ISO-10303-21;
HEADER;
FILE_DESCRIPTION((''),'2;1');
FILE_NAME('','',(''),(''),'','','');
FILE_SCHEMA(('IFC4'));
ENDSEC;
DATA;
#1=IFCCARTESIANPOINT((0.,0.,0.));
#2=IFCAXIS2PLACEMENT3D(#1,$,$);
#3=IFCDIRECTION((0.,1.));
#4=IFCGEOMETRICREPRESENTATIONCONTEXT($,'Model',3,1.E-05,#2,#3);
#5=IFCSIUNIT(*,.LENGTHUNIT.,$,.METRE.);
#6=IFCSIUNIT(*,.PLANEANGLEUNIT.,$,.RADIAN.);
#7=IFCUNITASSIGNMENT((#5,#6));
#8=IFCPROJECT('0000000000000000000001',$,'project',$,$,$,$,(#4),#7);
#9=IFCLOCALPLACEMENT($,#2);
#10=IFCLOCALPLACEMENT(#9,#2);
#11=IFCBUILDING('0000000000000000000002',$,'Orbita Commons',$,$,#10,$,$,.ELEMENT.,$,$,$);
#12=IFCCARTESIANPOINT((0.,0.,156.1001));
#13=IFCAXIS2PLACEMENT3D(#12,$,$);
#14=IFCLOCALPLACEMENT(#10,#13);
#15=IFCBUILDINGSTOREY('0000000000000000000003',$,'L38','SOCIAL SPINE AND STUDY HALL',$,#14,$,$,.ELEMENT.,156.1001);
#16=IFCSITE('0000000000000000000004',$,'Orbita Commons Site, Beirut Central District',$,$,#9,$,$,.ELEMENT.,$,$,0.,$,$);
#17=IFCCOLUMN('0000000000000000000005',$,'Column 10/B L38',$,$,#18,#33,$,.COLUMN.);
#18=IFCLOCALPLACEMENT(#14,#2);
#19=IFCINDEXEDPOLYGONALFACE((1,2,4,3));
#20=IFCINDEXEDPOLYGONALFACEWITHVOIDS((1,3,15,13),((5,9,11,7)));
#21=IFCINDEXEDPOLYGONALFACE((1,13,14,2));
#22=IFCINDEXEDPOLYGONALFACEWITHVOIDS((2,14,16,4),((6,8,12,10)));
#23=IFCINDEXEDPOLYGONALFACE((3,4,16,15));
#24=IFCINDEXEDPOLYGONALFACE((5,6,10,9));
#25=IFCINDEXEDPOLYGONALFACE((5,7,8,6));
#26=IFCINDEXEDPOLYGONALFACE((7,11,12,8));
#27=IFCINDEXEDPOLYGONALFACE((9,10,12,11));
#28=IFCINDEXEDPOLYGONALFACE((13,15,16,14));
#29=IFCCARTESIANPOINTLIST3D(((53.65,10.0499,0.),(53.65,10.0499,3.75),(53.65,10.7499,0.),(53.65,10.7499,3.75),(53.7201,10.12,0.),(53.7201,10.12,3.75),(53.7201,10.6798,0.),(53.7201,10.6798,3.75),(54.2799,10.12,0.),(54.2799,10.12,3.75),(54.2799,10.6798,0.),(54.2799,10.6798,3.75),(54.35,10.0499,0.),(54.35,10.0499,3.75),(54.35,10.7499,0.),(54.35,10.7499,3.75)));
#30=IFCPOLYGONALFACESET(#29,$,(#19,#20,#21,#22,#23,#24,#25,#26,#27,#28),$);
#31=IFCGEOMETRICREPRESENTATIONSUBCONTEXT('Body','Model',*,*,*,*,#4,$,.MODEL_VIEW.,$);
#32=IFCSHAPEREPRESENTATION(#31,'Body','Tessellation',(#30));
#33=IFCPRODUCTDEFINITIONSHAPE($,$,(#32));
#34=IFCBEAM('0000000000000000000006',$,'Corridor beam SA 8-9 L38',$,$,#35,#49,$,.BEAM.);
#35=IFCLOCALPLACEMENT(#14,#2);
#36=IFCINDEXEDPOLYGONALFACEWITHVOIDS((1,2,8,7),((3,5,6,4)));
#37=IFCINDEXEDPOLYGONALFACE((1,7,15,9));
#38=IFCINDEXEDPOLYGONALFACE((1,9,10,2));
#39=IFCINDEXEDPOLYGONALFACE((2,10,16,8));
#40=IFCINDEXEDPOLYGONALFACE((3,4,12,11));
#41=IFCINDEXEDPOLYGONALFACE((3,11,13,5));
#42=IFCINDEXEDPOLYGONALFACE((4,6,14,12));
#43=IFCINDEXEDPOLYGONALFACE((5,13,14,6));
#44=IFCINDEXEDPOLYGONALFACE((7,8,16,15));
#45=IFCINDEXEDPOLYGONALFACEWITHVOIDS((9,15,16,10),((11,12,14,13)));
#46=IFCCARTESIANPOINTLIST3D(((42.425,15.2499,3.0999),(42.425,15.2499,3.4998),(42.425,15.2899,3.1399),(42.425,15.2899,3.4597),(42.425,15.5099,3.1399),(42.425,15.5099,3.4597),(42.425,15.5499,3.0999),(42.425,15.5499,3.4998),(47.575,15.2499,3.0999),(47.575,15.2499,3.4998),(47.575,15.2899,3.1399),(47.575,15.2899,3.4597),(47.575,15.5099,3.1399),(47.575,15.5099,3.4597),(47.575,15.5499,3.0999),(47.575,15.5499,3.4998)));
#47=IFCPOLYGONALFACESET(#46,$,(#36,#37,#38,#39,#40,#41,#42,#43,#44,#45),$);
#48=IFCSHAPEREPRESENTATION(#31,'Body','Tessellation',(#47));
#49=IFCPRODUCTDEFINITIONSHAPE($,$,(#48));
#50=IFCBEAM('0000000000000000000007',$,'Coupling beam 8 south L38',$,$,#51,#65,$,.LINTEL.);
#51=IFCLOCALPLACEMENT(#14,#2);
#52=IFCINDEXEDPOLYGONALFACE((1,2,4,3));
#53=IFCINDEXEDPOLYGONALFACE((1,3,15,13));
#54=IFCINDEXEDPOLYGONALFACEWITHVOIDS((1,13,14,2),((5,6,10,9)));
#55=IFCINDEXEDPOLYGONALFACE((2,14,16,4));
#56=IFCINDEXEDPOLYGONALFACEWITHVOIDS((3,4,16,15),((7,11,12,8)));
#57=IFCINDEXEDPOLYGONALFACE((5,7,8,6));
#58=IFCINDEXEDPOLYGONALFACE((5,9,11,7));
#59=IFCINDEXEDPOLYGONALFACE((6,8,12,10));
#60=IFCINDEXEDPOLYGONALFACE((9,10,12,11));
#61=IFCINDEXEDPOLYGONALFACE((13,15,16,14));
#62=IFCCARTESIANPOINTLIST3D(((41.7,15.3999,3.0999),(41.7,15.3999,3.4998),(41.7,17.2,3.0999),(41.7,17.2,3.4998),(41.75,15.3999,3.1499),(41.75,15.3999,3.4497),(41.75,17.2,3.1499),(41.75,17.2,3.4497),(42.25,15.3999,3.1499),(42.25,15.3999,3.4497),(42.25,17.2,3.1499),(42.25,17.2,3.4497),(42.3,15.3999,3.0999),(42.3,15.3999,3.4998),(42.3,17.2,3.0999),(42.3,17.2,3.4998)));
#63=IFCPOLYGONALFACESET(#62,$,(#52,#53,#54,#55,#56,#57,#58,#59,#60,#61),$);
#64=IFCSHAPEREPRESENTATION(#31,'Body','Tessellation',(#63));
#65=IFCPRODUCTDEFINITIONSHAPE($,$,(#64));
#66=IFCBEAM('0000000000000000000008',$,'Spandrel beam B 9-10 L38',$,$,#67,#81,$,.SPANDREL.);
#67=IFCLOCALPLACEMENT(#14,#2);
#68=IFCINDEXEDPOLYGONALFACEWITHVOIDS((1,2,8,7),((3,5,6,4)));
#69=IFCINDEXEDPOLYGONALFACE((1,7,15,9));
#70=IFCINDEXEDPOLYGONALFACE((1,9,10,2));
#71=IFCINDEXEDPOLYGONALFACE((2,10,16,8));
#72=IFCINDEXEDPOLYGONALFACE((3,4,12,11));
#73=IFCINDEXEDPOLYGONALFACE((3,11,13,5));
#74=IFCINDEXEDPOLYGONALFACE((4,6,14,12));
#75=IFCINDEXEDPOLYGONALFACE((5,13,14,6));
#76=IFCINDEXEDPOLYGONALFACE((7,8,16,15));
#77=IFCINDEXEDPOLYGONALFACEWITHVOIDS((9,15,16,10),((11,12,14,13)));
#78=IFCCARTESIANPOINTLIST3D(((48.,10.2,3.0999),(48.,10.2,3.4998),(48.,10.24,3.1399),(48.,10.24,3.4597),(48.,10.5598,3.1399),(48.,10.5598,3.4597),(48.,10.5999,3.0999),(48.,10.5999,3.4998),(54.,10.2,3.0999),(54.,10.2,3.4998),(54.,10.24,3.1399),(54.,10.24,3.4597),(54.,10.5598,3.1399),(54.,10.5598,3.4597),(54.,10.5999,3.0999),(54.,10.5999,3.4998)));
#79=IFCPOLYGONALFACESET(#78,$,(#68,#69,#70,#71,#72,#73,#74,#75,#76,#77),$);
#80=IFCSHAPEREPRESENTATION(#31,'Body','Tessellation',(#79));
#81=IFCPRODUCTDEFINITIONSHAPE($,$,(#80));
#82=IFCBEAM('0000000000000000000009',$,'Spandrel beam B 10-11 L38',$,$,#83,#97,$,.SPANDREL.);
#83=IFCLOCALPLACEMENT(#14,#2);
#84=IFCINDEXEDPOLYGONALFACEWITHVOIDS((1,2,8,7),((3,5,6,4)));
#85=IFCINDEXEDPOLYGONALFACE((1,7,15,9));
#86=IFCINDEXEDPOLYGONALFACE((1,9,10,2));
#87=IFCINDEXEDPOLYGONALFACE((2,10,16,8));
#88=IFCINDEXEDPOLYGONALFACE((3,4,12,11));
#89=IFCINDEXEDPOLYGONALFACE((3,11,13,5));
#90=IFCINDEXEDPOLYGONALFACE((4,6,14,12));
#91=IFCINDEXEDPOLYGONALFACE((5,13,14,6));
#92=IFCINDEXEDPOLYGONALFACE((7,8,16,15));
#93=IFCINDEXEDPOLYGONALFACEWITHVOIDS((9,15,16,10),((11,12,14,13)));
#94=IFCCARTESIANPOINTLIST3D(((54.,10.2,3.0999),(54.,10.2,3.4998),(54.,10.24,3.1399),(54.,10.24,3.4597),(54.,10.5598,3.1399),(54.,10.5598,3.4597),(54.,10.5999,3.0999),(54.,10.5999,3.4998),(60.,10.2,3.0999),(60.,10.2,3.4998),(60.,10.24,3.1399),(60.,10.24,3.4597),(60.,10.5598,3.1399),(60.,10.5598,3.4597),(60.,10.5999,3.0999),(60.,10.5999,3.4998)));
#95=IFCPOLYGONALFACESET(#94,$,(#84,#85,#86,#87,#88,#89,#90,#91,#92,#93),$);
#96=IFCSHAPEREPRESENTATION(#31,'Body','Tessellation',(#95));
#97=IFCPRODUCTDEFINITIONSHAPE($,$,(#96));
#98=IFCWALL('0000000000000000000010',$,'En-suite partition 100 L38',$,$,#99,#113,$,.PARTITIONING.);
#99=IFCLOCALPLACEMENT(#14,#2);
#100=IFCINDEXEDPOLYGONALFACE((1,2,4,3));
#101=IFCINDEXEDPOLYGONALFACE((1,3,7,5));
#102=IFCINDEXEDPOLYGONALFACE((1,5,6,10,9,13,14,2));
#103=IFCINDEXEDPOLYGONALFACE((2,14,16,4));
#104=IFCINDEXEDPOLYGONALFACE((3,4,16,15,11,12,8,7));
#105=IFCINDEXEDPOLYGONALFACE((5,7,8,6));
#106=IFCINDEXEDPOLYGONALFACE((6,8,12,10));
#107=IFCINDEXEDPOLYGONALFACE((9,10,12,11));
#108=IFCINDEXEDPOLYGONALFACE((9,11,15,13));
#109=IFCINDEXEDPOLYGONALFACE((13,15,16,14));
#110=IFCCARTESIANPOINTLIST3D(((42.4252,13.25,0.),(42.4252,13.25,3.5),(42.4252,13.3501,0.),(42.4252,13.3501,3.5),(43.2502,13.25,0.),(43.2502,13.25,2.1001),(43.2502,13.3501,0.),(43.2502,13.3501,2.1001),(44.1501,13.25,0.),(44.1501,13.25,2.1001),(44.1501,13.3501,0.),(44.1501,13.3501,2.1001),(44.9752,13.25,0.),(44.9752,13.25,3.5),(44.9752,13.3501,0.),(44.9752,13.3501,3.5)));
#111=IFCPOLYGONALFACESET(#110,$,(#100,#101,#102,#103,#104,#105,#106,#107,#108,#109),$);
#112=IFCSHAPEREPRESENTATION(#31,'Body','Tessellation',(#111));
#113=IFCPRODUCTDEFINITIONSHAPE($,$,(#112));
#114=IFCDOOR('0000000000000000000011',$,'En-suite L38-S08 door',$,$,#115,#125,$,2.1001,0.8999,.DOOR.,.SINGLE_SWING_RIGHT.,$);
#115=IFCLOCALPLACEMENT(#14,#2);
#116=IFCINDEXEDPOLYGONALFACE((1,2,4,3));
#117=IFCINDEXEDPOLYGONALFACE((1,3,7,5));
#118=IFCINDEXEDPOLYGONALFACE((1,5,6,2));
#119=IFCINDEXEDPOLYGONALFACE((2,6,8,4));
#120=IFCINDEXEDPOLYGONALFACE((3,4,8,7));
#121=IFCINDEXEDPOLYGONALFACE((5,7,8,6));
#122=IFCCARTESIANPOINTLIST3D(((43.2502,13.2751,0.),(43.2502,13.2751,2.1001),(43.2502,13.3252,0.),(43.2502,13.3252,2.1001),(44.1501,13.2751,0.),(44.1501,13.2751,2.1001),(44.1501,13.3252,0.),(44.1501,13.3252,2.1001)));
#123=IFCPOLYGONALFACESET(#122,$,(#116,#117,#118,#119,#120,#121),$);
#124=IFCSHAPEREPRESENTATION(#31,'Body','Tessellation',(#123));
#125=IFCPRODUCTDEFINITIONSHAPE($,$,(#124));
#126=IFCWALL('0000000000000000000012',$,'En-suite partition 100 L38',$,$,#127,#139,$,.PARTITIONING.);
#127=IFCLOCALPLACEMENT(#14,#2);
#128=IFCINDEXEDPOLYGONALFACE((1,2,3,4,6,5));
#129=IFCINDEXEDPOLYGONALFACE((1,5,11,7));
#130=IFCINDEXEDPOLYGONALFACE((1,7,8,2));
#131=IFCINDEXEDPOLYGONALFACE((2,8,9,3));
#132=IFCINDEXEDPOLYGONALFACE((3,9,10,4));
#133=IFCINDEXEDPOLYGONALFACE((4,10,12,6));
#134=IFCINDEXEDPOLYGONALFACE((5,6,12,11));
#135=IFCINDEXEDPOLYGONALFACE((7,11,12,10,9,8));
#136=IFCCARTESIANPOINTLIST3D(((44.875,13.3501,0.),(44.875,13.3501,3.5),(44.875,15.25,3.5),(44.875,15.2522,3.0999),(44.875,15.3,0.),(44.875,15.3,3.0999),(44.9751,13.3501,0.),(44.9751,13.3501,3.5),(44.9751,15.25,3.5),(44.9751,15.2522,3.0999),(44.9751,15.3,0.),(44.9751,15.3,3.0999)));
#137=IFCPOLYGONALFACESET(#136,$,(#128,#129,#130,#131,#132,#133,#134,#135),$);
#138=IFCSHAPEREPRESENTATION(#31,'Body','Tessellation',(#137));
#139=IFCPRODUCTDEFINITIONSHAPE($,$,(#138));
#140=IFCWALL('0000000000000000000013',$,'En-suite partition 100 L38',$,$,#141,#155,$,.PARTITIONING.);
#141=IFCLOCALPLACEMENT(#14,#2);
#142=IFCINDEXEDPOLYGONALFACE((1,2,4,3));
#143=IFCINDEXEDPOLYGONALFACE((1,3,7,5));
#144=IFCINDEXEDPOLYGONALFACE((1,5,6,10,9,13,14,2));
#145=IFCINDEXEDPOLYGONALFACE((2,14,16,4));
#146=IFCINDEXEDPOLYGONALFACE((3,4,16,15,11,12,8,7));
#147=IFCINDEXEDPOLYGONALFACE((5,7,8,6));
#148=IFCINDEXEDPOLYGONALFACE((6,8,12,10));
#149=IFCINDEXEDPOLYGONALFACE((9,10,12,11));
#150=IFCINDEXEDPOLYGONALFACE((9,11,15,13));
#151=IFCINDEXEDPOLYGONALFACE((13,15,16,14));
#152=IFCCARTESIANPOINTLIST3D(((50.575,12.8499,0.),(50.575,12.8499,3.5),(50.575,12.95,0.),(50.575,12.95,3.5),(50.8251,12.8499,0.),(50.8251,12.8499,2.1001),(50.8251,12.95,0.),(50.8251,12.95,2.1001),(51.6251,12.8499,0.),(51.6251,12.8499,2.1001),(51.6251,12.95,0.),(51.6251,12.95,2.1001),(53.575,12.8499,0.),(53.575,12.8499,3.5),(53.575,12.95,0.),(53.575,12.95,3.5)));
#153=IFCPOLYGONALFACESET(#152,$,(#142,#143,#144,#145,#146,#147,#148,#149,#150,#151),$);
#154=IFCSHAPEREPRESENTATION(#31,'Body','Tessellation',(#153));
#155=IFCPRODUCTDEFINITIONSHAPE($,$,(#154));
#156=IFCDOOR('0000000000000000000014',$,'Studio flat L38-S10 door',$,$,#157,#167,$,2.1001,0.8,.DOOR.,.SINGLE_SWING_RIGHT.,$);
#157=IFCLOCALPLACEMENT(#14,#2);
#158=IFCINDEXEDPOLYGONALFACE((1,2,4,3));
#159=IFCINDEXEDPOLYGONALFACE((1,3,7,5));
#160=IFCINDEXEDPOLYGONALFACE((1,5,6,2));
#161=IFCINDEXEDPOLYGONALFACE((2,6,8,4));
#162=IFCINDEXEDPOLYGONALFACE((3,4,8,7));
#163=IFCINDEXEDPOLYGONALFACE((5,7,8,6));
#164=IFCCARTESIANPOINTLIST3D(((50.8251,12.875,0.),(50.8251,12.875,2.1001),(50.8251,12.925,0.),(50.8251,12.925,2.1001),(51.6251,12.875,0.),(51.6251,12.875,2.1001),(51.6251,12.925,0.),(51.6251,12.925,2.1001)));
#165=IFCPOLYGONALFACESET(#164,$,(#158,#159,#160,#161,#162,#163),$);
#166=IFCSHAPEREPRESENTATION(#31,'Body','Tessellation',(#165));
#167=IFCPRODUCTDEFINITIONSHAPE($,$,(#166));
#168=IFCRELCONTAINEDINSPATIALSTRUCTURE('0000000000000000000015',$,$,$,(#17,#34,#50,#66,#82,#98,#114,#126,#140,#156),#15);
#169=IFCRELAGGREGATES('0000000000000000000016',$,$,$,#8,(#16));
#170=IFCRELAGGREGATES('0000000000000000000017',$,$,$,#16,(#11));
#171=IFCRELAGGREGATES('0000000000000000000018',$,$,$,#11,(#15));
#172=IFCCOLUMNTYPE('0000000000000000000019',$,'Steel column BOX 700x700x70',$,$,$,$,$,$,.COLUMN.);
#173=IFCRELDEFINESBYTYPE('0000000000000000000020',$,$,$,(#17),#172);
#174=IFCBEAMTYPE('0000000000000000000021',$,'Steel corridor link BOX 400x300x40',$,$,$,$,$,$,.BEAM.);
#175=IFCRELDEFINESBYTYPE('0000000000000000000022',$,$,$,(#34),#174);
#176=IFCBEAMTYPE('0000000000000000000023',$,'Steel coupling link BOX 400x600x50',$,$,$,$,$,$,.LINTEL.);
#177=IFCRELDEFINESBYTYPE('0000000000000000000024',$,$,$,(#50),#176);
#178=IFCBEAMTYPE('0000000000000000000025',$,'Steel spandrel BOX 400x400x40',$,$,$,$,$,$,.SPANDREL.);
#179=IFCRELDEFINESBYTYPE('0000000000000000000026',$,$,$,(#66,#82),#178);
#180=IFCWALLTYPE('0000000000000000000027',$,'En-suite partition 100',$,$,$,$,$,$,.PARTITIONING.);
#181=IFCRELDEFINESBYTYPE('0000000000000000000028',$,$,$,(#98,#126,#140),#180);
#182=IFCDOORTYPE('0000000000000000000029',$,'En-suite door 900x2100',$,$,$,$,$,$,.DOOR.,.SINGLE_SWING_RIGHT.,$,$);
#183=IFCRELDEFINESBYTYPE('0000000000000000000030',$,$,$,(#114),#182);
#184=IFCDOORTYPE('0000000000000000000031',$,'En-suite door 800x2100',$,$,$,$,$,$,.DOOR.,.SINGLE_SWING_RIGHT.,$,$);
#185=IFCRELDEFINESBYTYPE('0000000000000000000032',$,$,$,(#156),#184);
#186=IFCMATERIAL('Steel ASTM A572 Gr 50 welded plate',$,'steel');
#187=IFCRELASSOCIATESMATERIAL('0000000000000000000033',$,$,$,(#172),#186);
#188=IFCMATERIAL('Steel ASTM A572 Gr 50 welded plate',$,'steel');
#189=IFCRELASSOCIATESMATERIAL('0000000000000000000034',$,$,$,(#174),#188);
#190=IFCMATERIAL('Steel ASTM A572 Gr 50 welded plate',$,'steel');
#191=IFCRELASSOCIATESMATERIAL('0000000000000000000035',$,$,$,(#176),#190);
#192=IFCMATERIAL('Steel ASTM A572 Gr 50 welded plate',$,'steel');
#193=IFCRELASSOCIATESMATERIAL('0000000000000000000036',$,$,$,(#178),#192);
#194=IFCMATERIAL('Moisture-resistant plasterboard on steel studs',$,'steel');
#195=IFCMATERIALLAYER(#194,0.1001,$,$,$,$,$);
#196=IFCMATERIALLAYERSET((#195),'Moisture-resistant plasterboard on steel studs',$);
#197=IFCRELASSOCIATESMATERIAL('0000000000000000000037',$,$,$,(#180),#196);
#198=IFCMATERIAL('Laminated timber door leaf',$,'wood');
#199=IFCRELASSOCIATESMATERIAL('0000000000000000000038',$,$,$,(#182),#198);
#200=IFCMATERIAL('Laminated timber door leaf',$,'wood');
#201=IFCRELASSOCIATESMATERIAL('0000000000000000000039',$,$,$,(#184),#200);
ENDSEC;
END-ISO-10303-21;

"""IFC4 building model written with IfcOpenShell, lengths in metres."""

from ifc_helpers import new_model, si_unit, direction, frame, frame_2d, origin, origin_2d, place, context, subcontext, project, spatial, polyline, rectangle, hollow_rectangle, outline, extrude, material, layer, layer_set, material_profile, profile_set, type_object, element, fill, save


model = new_model("IFC4")

# Units and contexts
model_context = context("Model", 3, precision=1e-05, world=origin(), true_north=direction((0.0, 1.0)))
body_context = subcontext(model_context, "Body", "Model", "MODEL_VIEW")
ifc_project = project(units=[si_unit("LENGTHUNIT", "METRE"), si_unit("PLANEANGLEUNIT", "RADIAN")], contexts=[model_context])

# Site, building, storey
site_placement = place(None, origin())
site = spatial("IfcSite", under=ifc_project, at=site_placement, Name="Orbita Commons Site, Beirut Central District", CompositionType="ELEMENT", RefElevation=0.0)
building_placement = place(site_placement, origin())
building = spatial("IfcBuilding", under=site, at=building_placement, Name="Orbita Commons", CompositionType="ELEMENT")
storey_placement = place(building_placement, frame((0.0, 0.0, 156.1001)))
storey = spatial("IfcBuildingStorey", under=building, at=storey_placement, Name="L38", Description="SOCIAL SPINE AND STUDY HALL", CompositionType="ELEMENT", Elevation=156.1001)

# Column
ifc_material_1 = material(Name="Steel ASTM A572 Gr 50 welded plate", Category="steel")
ifc_material_profile_1 = material_profile(ifc_material_1, hollow_rectangle(XDim=0.7, YDim=0.7, WallThickness=0.0701, at=origin_2d()), Name="BOX 700x700x70")
ifc_profile_set_1 = profile_set([ifc_material_profile_1], Name="Steel ASTM A572 Gr 50 welded plate")
column_type = type_object("IfcColumnType", Name="Steel column BOX 700x700x70", PredefinedType="COLUMN", material=ifc_profile_set_1)
column_placement = place(storey_placement, frame((54.0, 10.3999, 0.0), z_axis=(0.0, 0.0, 1.0), x_axis=(1.0, 0.0, 0.0)))
element("IfcColumn", 1, at=column_placement, inside=storey, type_object=column_type, Name="Column 10/B L38", PredefinedType="COLUMN", context=body_context, shape_type="SweptSolid", body=[
    extrude(hollow_rectangle(XDim=0.7, YDim=0.7, WallThickness=0.0701, at=origin_2d()), origin(), (0.0, 0.0, 1.0), 3.75),
])

# Beams
ifc_material_2 = material(Name="Steel ASTM A572 Gr 50 welded plate", Category="steel")
ifc_material_profile_2 = material_profile(ifc_material_2, hollow_rectangle(XDim=0.3, YDim=0.3999, WallThickness=0.04, at=origin_2d()), Name="BOX 400x300x40")
ifc_profile_set_2 = profile_set([ifc_material_profile_2], Name="Steel ASTM A572 Gr 50 welded plate")
beam_type_1 = type_object("IfcBeamType", Name="Steel corridor link BOX 400x300x40", PredefinedType="BEAM", material=ifc_profile_set_2)
beam_1_placement = place(storey_placement, frame((42.425, 15.3999, 3.2998), z_axis=(1.0, 0.0, 0.0), x_axis=(0.0, 1.0, 0.0)))
element("IfcBeam", 2, at=beam_1_placement, inside=storey, type_object=beam_type_1, Name="Corridor beam SA 8-9 L38", PredefinedType="BEAM", context=body_context, shape_type="SweptSolid", body=[
    extrude(hollow_rectangle(XDim=0.3, YDim=0.3999, WallThickness=0.04, at=origin_2d()), origin(), (0.0, 0.0, 1.0), 5.1499),
])
ifc_material_3 = material(Name="Steel ASTM A572 Gr 50 welded plate", Category="steel")
ifc_material_profile_3 = material_profile(ifc_material_3, hollow_rectangle(XDim=0.6001, YDim=0.3999, WallThickness=0.05, at=origin_2d()), Name="BOX 400x600x50")
ifc_profile_set_3 = profile_set([ifc_material_profile_3], Name="Steel ASTM A572 Gr 50 welded plate")
beam_type_2 = type_object("IfcBeamType", Name="Steel coupling link BOX 400x600x50", PredefinedType="LINTEL", material=ifc_profile_set_3)
beam_2_placement = place(storey_placement, frame((42.0, 15.3999, 3.2998), z_axis=(0.0, 1.0, 0.0), x_axis=(-1.0, 0.0, 0.0)))
element("IfcBeam", 3, at=beam_2_placement, inside=storey, type_object=beam_type_2, Name="Coupling beam 8 south L38", PredefinedType="LINTEL", context=body_context, shape_type="SweptSolid", body=[
    extrude(hollow_rectangle(XDim=0.6001, YDim=0.3999, WallThickness=0.05, at=origin_2d()), origin(), (0.0, 0.0, 1.0), 1.8),
])
ifc_material_4 = material(Name="Steel ASTM A572 Gr 50 welded plate", Category="steel")
ifc_material_profile_4 = material_profile(ifc_material_4, hollow_rectangle(XDim=0.3999, YDim=0.3999, WallThickness=0.04, at=origin_2d()), Name="BOX 400x400x40")
ifc_profile_set_4 = profile_set([ifc_material_profile_4], Name="Steel ASTM A572 Gr 50 welded plate")
beam_type_3 = type_object("IfcBeamType", Name="Steel spandrel BOX 400x400x40", PredefinedType="SPANDREL", material=ifc_profile_set_4)
for number, where, z_axis, x_axis, name in (
    (4, (48.0, 10.3999, 3.2998), (1.0, 0.0, 0.0), (0.0, 1.0, 0.0), "Spandrel beam B 9-10 L38"),
    (5, (54.0, 10.3999, 3.2998), (1.0, 0.0, 0.0), (0.0, 1.0, 0.0), "Spandrel beam B 10-11 L38"),
):
    element("IfcBeam", number, at=place(storey_placement, frame(where, z_axis=z_axis, x_axis=x_axis)), inside=storey, type_object=beam_type_3, Name=name, PredefinedType="SPANDREL", context=body_context, shape_type="SweptSolid", body=[
        extrude(hollow_rectangle(XDim=0.3999, YDim=0.3999, WallThickness=0.04, at=origin_2d()), origin(), (0.0, 0.0, 1.0), 6.0),
    ])

# Wall, opening, door
ifc_material_5 = material(Name="Moisture-resistant plasterboard on steel studs", Category="steel")
ifc_layer = layer(ifc_material_5, 0.1001)
ifc_layer_set = layer_set([ifc_layer], Name="Moisture-resistant plasterboard on steel studs")
wall_type = type_object("IfcWallType", Name="En-suite partition 100", PredefinedType="PARTITIONING", material=ifc_layer_set)
wall_1_placement = place(storey_placement, frame((44.9751, 13.3, 0.0), z_axis=(0.0, 0.0, 1.0), x_axis=(-1.0, 0.0, 0.0)))
wall_1 = element("IfcWall", 6, at=wall_1_placement, inside=storey, type_object=wall_type, Name="En-suite partition 100 L38", PredefinedType="PARTITIONING", context=body_context, shape_type="SweptSolid", body=[
    extrude(rectangle(XDim=2.55, YDim=0.1001, at=frame_2d((1.2749, 0.0))), origin(), (0.0, 0.0, 1.0), 3.5),
])
opening_1_placement = place(wall_1_placement, frame((0.825, 0.0, 0.0)))
opening_1 = element("IfcOpeningElement", 7, at=opening_1_placement, cuts=wall_1, PredefinedType="OPENING", context=body_context, shape_type="SweptSolid", body=[
    extrude(rectangle(XDim=0.8999, YDim=2.1001, at=frame_2d((0.45, 1.05))), frame((0.0, 0.0601, 0.0), z_axis=(0.0, -1.0, 0.0), x_axis=(1.0, 0.0, 0.0)), (0.0, 0.0, 1.0), 0.1201),
])
ifc_material_6 = material(Name="Laminated timber door leaf", Category="wood")
door_type_1 = type_object("IfcDoorType", Name="En-suite door 900x2100", OperationType="SINGLE_SWING_RIGHT", PredefinedType="DOOR", material=ifc_material_6)
door_1_placement = place(opening_1_placement, origin())
door_1 = element("IfcDoor", 8, at=door_1_placement, inside=storey, type_object=door_type_1, Name="En-suite L38-S08 door", OperationType="SINGLE_SWING_RIGHT", OverallHeight=2.1001, OverallWidth=0.8999, PredefinedType="DOOR", context=body_context, shape_type="SweptSolid", body=[
    extrude(rectangle(XDim=0.8999, YDim=2.1001, at=frame_2d((0.45, 1.05))), frame((0.0, 0.0249, 0.0), z_axis=(0.0, -1.0, 0.0), x_axis=(1.0, 0.0, 0.0)), (0.0, 0.0, 1.0), 0.05),
])
fill(opening_1, door_1)

# Wall
wall_2_placement = place(storey_placement, frame((44.925, 13.3501, 0.0), z_axis=(0.0, 0.0, 1.0), x_axis=(0.0, 1.0, 0.0)))
element("IfcWall", 9, at=wall_2_placement, inside=storey, type_object=wall_type, Name="En-suite partition 100 L38", PredefinedType="PARTITIONING", context=body_context, shape_type="SweptSolid", body=[
    extrude(outline(polyline([(0.0, 0.0), (1.95, 0.0), (1.95, 3.0999), (1.9021, 3.0999), (1.8999, 3.5), (0.0, 3.5), (0.0, 0.0)])), frame((0.0, 0.05, 0.0), z_axis=(0.0, -1.0, 0.0), x_axis=(1.0, 0.0, 0.0)), (0.0, 0.0, 1.0), 0.1001),
])

# Wall, opening, door
wall_3_placement = place(storey_placement, frame((53.575, 12.8999, 0.0), z_axis=(0.0, 0.0, 1.0), x_axis=(-1.0, 0.0, 0.0)))
wall_3 = element("IfcWall", 10, at=wall_3_placement, inside=storey, type_object=wall_type, Name="En-suite partition 100 L38", PredefinedType="PARTITIONING", context=body_context, shape_type="SweptSolid", body=[
    extrude(rectangle(XDim=3.0, YDim=0.1001, at=frame_2d((1.5, 0.0))), origin(), (0.0, 0.0, 1.0), 3.5),
])
opening_2_placement = place(wall_3_placement, frame((1.95, 0.0, 0.0)))
opening_2 = element("IfcOpeningElement", 11, at=opening_2_placement, cuts=wall_3, PredefinedType="OPENING", context=body_context, shape_type="SweptSolid", body=[
    extrude(rectangle(XDim=0.8, YDim=2.1001, at=frame_2d((0.3999, 1.05))), frame((0.0, 0.0601, 0.0), z_axis=(0.0, -1.0, 0.0), x_axis=(1.0, 0.0, 0.0)), (0.0, 0.0, 1.0), 0.1201),
])
ifc_material_7 = material(Name="Laminated timber door leaf", Category="wood")
door_type_2 = type_object("IfcDoorType", Name="En-suite door 800x2100", OperationType="SINGLE_SWING_RIGHT", PredefinedType="DOOR", material=ifc_material_7)
door_2_placement = place(opening_2_placement, origin())
door_2 = element("IfcDoor", 12, at=door_2_placement, inside=storey, type_object=door_type_2, Name="Studio flat L38-S10 door", OperationType="SINGLE_SWING_RIGHT", OverallHeight=2.1001, OverallWidth=0.8, PredefinedType="DOOR", context=body_context, shape_type="SweptSolid", body=[
    extrude(rectangle(XDim=0.8, YDim=2.1001, at=frame_2d((0.3999, 1.05))), frame((0.0, 0.0249, 0.0), z_axis=(0.0, -1.0, 0.0), x_axis=(1.0, 0.0, 0.0)), (0.0, 0.0, 1.0), 0.05),
])
fill(opening_2, door_2)

save(model, "model.ifc")
